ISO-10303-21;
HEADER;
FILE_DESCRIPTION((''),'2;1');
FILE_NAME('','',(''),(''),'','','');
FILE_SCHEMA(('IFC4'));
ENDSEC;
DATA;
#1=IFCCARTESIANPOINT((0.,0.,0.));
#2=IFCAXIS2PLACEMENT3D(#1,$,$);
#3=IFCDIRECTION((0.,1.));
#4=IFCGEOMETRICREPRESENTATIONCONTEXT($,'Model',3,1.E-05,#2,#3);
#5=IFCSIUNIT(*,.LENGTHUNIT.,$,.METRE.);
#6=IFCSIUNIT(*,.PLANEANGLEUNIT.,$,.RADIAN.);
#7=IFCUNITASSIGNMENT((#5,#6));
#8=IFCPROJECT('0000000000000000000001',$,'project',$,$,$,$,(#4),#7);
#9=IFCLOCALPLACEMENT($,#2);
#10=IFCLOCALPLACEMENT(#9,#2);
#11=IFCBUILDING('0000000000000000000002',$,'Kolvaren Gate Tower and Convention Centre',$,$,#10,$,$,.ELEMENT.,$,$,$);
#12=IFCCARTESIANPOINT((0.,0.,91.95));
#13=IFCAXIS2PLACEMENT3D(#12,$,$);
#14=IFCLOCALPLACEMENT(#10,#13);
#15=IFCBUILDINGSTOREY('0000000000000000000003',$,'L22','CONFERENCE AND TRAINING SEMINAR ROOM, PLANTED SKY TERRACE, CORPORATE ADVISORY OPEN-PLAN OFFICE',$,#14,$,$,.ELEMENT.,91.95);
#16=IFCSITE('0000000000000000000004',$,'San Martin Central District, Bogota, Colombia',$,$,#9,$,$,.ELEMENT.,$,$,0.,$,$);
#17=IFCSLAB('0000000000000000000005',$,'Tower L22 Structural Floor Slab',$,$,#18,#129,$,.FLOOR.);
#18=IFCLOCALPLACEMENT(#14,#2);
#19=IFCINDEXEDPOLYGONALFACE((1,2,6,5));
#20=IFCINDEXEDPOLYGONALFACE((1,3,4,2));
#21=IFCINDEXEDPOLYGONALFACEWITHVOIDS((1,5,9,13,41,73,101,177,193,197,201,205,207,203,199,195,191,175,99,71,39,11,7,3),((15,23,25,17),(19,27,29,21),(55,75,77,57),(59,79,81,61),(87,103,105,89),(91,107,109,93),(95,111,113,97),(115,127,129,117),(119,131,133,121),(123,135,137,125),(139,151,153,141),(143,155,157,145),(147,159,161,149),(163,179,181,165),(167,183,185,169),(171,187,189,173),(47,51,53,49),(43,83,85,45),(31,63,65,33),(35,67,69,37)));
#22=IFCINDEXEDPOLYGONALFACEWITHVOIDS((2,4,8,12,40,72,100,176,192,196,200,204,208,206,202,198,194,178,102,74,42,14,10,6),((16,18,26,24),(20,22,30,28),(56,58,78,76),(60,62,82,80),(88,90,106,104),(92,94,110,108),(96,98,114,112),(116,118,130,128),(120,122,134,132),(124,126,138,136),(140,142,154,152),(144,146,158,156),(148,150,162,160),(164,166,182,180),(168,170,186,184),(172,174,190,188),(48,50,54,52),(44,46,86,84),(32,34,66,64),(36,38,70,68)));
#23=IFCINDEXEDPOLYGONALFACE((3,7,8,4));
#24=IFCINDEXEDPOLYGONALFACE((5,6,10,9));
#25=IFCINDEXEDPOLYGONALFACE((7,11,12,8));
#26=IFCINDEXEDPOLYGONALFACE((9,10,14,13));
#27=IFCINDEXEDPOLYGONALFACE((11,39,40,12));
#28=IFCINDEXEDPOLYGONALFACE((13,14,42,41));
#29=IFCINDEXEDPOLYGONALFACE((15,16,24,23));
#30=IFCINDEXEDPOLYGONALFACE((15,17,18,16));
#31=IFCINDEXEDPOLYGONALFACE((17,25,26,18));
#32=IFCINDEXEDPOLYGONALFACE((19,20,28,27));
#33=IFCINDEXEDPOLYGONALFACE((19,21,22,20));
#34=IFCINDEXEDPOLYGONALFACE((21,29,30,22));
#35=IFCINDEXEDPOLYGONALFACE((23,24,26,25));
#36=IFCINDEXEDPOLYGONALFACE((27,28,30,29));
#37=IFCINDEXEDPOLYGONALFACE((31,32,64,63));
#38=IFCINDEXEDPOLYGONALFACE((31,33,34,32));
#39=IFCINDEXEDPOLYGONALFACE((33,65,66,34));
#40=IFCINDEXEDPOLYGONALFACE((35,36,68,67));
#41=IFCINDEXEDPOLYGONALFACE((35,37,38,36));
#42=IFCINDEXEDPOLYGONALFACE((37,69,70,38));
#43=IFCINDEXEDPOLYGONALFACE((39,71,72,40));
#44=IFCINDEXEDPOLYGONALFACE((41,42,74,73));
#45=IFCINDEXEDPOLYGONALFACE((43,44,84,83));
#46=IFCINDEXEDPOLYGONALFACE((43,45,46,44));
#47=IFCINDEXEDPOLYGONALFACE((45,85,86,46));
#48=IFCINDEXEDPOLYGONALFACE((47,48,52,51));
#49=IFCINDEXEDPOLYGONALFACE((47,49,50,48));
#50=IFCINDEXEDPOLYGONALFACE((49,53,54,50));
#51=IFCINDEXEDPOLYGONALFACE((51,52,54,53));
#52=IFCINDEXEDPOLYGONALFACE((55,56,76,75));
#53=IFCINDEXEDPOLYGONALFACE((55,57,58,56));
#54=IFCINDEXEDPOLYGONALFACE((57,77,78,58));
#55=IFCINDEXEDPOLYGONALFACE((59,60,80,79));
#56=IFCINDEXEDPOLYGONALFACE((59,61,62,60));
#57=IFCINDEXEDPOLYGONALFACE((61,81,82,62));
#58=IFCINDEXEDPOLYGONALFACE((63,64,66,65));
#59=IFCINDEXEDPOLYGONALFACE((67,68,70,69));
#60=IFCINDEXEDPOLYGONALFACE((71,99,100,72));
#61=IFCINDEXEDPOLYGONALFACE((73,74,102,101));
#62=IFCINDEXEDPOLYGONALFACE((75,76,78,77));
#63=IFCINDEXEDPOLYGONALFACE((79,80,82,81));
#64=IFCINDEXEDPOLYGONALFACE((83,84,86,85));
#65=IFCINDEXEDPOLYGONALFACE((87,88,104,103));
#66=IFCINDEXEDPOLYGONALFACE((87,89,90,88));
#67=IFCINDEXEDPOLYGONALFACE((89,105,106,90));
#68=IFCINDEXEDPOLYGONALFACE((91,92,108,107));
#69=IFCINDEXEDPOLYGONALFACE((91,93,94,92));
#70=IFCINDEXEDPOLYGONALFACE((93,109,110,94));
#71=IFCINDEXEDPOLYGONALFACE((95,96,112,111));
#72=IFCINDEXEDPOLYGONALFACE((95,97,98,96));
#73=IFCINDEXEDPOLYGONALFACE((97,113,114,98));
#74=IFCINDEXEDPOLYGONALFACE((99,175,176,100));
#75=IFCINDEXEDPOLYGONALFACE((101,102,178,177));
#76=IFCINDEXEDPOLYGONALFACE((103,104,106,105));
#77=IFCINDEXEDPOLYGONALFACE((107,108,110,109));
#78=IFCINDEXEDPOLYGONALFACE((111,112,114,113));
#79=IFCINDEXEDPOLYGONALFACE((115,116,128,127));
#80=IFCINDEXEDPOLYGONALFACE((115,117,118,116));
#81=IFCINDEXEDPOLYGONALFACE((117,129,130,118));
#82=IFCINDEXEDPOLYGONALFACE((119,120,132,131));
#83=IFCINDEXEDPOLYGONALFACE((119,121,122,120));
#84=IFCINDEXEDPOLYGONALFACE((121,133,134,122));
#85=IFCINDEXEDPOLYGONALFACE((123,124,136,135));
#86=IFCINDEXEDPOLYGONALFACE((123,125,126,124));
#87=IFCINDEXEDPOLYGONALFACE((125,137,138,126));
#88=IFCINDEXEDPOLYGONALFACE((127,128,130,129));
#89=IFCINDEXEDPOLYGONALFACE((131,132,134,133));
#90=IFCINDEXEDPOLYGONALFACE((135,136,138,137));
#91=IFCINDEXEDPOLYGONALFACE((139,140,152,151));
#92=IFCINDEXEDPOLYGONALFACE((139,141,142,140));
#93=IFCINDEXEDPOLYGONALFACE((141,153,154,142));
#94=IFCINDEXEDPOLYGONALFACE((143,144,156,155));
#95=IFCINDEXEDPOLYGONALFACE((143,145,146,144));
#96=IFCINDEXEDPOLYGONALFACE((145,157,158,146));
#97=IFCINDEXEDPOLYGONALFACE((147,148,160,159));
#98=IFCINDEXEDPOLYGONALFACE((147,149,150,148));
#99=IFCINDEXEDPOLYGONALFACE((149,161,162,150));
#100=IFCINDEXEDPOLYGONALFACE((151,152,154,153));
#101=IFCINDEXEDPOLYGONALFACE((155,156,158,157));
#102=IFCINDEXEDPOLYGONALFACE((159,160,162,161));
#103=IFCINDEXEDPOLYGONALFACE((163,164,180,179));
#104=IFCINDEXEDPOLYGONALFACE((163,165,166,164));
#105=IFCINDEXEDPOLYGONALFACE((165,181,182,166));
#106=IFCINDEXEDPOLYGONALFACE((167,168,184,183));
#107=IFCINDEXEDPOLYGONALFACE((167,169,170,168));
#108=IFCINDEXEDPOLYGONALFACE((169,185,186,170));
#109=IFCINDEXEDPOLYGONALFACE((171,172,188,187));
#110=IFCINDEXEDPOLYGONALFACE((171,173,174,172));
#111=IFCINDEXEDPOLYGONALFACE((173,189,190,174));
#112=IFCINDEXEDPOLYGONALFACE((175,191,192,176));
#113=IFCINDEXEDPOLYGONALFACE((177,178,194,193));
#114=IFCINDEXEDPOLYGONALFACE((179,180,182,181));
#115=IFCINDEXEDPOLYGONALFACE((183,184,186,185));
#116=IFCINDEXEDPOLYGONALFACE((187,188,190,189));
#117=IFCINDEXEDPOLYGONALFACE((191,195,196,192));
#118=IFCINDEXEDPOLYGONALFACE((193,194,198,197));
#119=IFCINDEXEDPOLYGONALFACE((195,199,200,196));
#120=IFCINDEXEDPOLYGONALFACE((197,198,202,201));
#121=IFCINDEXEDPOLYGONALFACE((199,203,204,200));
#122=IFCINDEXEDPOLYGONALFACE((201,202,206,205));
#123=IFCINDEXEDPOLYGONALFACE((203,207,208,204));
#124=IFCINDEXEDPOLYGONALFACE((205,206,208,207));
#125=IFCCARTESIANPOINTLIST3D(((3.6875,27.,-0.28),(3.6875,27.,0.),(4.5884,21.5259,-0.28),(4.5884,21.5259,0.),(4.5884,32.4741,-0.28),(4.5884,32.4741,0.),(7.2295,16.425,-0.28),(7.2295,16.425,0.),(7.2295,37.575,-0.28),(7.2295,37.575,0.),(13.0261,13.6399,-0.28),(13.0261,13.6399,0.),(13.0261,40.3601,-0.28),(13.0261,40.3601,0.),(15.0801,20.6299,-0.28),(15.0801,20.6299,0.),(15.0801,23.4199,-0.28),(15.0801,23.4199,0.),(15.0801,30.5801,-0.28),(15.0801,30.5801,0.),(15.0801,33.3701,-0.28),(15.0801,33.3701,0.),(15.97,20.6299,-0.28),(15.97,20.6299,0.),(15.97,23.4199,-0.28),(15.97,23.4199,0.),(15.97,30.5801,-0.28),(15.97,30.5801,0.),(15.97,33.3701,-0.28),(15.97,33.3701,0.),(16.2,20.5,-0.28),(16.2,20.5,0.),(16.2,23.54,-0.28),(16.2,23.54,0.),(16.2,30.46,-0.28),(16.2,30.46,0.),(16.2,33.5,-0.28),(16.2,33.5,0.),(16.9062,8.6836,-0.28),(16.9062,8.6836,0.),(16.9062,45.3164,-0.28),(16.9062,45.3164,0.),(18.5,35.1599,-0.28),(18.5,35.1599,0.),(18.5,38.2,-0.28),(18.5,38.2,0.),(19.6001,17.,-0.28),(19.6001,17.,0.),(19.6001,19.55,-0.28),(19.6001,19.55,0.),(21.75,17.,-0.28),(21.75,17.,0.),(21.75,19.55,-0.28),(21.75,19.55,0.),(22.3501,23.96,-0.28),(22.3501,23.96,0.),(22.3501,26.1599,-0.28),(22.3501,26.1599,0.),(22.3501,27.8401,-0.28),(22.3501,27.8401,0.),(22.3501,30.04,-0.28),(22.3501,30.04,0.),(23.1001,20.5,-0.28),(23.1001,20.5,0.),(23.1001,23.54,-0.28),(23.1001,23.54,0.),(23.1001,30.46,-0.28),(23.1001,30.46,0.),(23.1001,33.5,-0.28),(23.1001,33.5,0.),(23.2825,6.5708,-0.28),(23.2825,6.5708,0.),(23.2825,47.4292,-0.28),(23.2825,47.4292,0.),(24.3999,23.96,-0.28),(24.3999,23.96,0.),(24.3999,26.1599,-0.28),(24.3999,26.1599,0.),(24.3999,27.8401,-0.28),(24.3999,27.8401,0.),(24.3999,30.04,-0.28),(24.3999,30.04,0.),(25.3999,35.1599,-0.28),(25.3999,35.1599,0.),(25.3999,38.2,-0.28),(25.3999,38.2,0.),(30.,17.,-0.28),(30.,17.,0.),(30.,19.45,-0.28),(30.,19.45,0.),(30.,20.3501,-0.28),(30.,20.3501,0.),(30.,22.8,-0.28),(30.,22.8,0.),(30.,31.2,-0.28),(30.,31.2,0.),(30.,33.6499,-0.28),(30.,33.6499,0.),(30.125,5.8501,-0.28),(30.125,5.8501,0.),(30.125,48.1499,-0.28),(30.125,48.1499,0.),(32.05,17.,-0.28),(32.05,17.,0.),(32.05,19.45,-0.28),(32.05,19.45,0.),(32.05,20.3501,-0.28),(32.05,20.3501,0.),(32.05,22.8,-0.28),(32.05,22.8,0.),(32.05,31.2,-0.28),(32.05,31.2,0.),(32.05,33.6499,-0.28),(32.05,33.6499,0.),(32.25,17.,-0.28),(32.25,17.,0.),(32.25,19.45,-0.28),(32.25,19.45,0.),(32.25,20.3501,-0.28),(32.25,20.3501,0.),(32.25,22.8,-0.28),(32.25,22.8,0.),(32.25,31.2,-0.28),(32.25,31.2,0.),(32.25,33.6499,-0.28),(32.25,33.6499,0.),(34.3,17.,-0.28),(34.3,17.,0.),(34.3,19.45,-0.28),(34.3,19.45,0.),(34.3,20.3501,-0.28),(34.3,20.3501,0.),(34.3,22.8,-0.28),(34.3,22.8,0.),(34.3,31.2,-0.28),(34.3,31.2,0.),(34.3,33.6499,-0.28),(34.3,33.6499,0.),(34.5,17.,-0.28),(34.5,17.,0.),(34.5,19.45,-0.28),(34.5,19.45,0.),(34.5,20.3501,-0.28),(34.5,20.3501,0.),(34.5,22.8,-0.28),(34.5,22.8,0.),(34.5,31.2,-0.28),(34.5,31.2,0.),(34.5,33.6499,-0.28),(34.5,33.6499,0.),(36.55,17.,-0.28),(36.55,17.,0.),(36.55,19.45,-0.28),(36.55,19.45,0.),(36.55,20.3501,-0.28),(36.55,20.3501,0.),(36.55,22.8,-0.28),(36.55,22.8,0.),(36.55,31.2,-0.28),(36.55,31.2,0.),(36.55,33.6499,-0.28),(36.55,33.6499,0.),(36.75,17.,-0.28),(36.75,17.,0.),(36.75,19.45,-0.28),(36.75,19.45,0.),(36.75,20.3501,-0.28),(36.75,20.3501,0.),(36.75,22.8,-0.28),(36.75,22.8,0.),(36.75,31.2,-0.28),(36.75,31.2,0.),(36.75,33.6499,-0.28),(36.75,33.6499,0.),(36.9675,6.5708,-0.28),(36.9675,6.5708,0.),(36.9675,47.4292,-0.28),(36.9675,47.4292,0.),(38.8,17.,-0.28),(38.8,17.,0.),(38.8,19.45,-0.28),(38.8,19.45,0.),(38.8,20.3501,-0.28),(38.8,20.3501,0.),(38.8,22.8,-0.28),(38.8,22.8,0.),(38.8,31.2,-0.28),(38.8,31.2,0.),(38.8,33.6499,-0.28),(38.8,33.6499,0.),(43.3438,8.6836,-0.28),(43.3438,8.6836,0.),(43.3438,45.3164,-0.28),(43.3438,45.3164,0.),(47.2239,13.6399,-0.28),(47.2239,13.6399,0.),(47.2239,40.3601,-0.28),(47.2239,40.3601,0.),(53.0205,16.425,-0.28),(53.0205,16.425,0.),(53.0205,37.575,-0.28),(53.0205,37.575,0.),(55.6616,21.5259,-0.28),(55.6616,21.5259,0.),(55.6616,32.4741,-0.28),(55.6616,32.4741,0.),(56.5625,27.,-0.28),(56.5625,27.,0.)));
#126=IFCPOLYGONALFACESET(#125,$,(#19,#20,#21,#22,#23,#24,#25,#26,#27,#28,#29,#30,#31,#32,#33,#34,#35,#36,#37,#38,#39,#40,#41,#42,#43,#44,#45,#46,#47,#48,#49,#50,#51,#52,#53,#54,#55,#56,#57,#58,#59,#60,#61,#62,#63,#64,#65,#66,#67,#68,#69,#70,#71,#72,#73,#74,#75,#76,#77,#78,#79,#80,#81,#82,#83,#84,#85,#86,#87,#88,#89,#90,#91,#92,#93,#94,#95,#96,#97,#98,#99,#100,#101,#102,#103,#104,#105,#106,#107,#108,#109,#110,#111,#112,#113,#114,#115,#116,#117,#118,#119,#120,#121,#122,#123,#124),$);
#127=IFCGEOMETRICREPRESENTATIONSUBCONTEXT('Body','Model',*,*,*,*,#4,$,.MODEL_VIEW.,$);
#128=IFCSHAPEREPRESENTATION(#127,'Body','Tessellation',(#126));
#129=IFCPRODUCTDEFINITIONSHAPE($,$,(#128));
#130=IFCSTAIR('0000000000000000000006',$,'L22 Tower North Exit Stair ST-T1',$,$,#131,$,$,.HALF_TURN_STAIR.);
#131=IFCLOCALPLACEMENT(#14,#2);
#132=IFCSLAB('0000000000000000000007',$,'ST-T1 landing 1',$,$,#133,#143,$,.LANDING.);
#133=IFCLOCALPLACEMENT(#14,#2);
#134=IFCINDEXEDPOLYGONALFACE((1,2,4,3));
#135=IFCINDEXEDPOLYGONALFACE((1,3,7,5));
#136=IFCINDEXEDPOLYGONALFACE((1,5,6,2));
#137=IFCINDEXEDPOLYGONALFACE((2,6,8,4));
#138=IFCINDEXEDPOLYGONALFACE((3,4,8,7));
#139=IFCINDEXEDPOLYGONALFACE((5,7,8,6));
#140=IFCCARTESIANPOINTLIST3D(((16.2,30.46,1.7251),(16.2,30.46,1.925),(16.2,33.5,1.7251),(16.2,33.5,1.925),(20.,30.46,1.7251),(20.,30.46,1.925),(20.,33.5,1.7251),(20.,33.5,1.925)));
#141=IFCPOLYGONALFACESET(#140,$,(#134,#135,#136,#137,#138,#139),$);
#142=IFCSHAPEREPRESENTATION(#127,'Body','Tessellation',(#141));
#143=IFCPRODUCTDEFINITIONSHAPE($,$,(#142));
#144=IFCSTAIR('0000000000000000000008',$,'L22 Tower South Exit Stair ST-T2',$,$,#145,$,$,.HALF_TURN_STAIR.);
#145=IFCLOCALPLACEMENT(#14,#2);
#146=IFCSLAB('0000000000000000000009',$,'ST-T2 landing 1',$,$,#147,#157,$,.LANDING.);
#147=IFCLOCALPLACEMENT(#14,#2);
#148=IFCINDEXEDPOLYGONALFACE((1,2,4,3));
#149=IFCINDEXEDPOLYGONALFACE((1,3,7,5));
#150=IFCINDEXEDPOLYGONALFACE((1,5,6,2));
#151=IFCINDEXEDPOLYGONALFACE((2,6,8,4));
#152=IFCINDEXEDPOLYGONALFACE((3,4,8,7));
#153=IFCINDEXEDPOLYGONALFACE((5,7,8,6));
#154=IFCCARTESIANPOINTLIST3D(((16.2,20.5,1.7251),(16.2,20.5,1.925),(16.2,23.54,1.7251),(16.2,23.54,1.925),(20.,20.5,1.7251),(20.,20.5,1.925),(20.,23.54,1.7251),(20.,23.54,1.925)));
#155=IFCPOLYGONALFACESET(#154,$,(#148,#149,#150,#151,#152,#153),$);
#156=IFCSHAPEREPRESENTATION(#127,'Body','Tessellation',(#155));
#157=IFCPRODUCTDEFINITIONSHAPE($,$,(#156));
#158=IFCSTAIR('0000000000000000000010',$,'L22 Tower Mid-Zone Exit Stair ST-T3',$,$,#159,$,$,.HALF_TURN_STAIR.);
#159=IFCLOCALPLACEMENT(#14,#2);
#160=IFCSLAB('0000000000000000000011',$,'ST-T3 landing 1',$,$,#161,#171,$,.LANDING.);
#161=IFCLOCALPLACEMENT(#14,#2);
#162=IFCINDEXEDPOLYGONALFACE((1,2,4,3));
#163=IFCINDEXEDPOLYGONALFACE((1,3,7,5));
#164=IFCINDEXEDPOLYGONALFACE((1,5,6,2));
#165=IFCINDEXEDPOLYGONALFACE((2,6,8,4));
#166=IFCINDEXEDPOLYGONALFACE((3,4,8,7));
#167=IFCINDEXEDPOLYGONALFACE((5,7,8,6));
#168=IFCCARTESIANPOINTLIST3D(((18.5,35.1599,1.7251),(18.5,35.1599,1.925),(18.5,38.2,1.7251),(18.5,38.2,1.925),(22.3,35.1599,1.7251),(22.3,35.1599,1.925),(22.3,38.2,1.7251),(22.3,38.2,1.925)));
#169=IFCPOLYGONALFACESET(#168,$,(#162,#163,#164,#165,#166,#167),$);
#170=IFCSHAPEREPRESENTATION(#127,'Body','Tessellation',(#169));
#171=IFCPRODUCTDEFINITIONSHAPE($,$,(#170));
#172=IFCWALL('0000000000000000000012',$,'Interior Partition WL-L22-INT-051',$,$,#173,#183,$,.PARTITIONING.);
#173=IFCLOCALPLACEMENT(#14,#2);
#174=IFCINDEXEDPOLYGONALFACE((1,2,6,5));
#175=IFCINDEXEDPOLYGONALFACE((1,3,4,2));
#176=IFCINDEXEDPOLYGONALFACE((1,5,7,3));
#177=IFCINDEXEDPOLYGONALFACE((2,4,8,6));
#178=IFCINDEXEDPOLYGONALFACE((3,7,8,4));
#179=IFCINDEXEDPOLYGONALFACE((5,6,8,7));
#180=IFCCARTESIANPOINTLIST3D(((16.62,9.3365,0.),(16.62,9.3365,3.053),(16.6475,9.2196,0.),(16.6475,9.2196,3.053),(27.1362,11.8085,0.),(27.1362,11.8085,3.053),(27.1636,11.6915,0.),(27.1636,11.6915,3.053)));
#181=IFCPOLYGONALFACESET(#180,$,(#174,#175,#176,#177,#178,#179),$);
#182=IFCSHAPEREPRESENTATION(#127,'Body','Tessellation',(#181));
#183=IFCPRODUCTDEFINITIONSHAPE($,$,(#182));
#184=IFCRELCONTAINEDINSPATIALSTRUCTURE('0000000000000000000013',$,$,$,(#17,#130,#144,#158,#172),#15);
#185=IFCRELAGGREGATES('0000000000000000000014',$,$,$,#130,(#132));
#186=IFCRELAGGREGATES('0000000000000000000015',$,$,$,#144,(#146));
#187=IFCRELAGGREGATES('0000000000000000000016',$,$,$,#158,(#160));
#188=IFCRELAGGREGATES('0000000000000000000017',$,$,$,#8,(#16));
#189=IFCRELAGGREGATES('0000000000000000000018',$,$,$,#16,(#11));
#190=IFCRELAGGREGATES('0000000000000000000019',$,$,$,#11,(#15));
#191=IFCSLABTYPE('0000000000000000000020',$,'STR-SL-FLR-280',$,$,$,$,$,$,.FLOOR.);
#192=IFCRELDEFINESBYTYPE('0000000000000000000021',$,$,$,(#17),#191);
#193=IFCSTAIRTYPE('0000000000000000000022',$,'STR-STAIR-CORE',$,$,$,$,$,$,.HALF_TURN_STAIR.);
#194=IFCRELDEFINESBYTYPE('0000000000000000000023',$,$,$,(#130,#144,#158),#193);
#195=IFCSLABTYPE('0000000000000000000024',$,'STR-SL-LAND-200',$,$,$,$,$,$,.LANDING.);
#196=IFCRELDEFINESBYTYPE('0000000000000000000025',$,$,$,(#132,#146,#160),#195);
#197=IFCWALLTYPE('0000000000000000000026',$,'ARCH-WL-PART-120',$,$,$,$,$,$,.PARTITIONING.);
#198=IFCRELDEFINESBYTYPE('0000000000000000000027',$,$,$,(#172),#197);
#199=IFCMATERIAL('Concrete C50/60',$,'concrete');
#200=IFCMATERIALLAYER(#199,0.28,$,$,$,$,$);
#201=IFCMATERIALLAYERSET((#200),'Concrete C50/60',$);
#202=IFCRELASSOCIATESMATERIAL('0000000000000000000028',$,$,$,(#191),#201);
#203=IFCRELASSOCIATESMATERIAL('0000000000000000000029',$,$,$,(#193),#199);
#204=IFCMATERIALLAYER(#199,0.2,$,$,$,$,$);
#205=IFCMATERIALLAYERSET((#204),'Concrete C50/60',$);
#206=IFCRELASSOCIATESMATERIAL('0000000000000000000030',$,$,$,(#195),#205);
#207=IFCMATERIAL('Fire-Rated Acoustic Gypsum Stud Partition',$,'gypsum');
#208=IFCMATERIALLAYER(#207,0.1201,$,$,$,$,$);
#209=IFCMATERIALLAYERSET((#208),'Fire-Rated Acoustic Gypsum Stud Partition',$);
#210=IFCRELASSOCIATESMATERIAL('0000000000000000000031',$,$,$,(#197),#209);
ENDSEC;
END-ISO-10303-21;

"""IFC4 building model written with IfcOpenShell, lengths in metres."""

from ifc_helpers import new_model, si_unit, direction, frame, frame_2d, origin, place, context, subcontext, project, spatial, polyline, rectangle, outline, extrude, material, layer, layer_set, type_object, element, aggregate, save


model = new_model("IFC4")

# Units and contexts
model_context = context("Model", 3, precision=1e-05, world=origin(), true_north=direction((0.0, 1.0)))
body_context = subcontext(model_context, "Body", "Model", "MODEL_VIEW")
ifc_project = project(units=[si_unit("LENGTHUNIT", "METRE"), si_unit("PLANEANGLEUNIT", "RADIAN")], contexts=[model_context])

# Site, building, storey
site_placement = place(None, origin())
site = spatial("IfcSite", under=ifc_project, at=site_placement, Name="San Martin Central District, Bogota, Colombia", CompositionType="ELEMENT", RefElevation=0.0)
building_placement = place(site_placement, origin())
building = spatial("IfcBuilding", under=site, at=building_placement, Name="Kolvaren Gate Tower and Convention Centre", CompositionType="ELEMENT")
storey_placement = place(building_placement, frame((0.0, 0.0, 91.95)))
storey = spatial("IfcBuildingStorey", under=building, at=storey_placement, Name="L22", Description="CONFERENCE AND TRAINING SEMINAR ROOM, PLANTED SKY TERRACE, CORPORATE ADVISORY OPEN-PLAN OFFICE", CompositionType="ELEMENT", Elevation=91.95)

# Slab
ifc_material_1 = material(Name="Concrete C50/60", Category="concrete")
ifc_layer_1 = layer(ifc_material_1, 0.28)
ifc_layer_set_1 = layer_set([ifc_layer_1], Name="Concrete C50/60")
slab_type_1 = type_object("IfcSlabType", Name="STR-SL-FLR-280", PredefinedType="FLOOR", material=ifc_layer_set_1)
slab_1_placement = place(storey_placement, frame((0.0, 0.0, -0.28)))
element("IfcSlab", 1, at=slab_1_placement, inside=storey, type_object=slab_type_1, Name="Tower L22 Structural Floor Slab", PredefinedType="FLOOR", context=body_context, shape_type="SweptSolid", body=[
    extrude(outline(polyline([(56.5625, 27.0), (55.6616, 32.4741), (53.0205, 37.575), (47.2239, 40.3601), (43.3438, 45.3164), (36.9675, 47.4292), (30.125, 48.1499), (23.2825, 47.4292), (16.9062, 45.3164), (13.0261, 40.3601), (7.2295, 37.575), (4.5884, 32.4741), (3.6875, 27.0), (4.5884, 21.5259), (7.2295, 16.425), (13.0261, 13.6399), (16.9062, 8.6836), (23.2825, 6.5708), (30.125, 5.8501), (36.9675, 6.5708), (43.3438, 8.6836), (47.2239, 13.6399), (53.0205, 16.425), (55.6616, 21.5259), (56.5625, 27.0)]), holes=[polyline([(36.75, 33.6499), (38.8, 33.6499), (38.8, 31.2), (36.75, 31.2), (36.75, 33.6499)]), polyline([(36.75, 20.3501), (36.75, 22.8), (38.8, 22.8), (38.8, 20.3501), (36.75, 20.3501)]), polyline([(36.75, 17.0), (36.75, 19.45), (38.8, 19.45), (38.8, 17.0), (36.75, 17.0)]), polyline([(34.5, 33.6499), (36.55, 33.6499), (36.55, 31.2), (34.5, 31.2), (34.5, 33.6499)]), polyline([(34.5, 22.8), (36.55, 22.8), (36.55, 20.3501), (34.5, 20.3501), (34.5, 22.8)]), polyline([(34.5, 17.0), (34.5, 19.45), (36.55, 19.45), (36.55, 17.0), (34.5, 17.0)]), polyline([(32.25, 31.2), (32.25, 33.6499), (34.3, 33.6499), (34.3, 31.2), (32.25, 31.2)]), polyline([(32.25, 22.8), (34.3, 22.8), (34.3, 20.3501), (32.25, 20.3501), (32.25, 22.8)]), polyline([(32.25, 17.0), (32.25, 19.45), (34.3, 19.45), (34.3, 17.0), (32.25, 17.0)]), polyline([(30.0, 31.2), (30.0, 33.6499), (32.05, 33.6499), (32.05, 31.2), (30.0, 31.2)]), polyline([(30.0, 20.3501), (30.0, 22.8), (32.05, 22.8), (32.05, 20.3501), (30.0, 20.3501)]), polyline([(30.0, 17.0), (30.0, 19.45), (32.05, 19.45), (32.05, 17.0), (30.0, 17.0)]), polyline([(25.3999, 35.1599), (18.5, 35.1599), (18.5, 38.2), (25.3999, 38.2), (25.3999, 35.1599)]), polyline([(22.3501, 27.8401), (22.3501, 30.04), (24.3999, 30.04), (24.3999, 27.8401), (22.3501, 27.8401)]), polyline([(22.3501, 23.96), (22.3501, 26.1599), (24.3999, 26.1599), (24.3999, 23.96), (22.3501, 23.96)]), polyline([(23.1001, 30.46), (16.2, 30.46), (16.2, 33.5), (23.1001, 33.5), (23.1001, 30.46)]), polyline([(23.1001, 20.5), (16.2, 20.5), (16.2, 23.54), (23.1001, 23.54), (23.1001, 20.5)]), polyline([(19.6001, 17.0), (19.6001, 19.55), (21.75, 19.55), (21.75, 17.0), (19.6001, 17.0)]), polyline([(15.0801, 23.4199), (15.97, 23.4199), (15.97, 20.6299), (15.0801, 20.6299), (15.0801, 23.4199)]), polyline([(15.0801, 30.5801), (15.0801, 33.3701), (15.97, 33.3701), (15.97, 30.5801), (15.0801, 30.5801)])]), origin(), (0.0, 0.0, 1.0), 0.28),
])

# Stairs, slabs
stair_type = type_object("IfcStairType", Name="STR-STAIR-CORE", PredefinedType="HALF_TURN_STAIR", material=ifc_material_1)
stair_1_placement = place(storey_placement, origin())
stair_1 = element("IfcStair", 2, at=stair_1_placement, inside=storey, type_object=stair_type, Name="L22 Tower North Exit Stair ST-T1", PredefinedType="HALF_TURN_STAIR")
ifc_layer_2 = layer(ifc_material_1, 0.2)
ifc_layer_set_2 = layer_set([ifc_layer_2], Name="Concrete C50/60")
slab_type_2 = type_object("IfcSlabType", Name="STR-SL-LAND-200", PredefinedType="LANDING", material=ifc_layer_set_2)
slab_2_placement = place(storey_placement, frame((0.0, 0.0, 1.7251)))
slab_2 = element("IfcSlab", 3, at=slab_2_placement, type_object=slab_type_2, Name="ST-T1 landing 1", PredefinedType="LANDING", context=body_context, shape_type="SweptSolid", body=[
    extrude(outline(polyline([(20.0, 33.5), (16.2, 33.5), (16.2, 30.46), (20.0, 30.46), (20.0, 33.5)])), origin(), (0.0, 0.0, 1.0), 0.2),
])
aggregate(stair_1, [slab_2])
stair_2_placement = place(storey_placement, origin())
stair_2 = element("IfcStair", 4, at=stair_2_placement, inside=storey, type_object=stair_type, Name="L22 Tower South Exit Stair ST-T2", PredefinedType="HALF_TURN_STAIR")
slab_3_placement = place(storey_placement, frame((0.0, 0.0, 1.7251)))
slab_3 = element("IfcSlab", 5, at=slab_3_placement, type_object=slab_type_2, Name="ST-T2 landing 1", PredefinedType="LANDING", context=body_context, shape_type="SweptSolid", body=[
    extrude(outline(polyline([(20.0, 23.54), (16.2, 23.54), (16.2, 20.5), (20.0, 20.5), (20.0, 23.54)])), origin(), (0.0, 0.0, 1.0), 0.2),
])
aggregate(stair_2, [slab_3])
stair_3_placement = place(storey_placement, origin())
stair_3 = element("IfcStair", 6, at=stair_3_placement, inside=storey, type_object=stair_type, Name="L22 Tower Mid-Zone Exit Stair ST-T3", PredefinedType="HALF_TURN_STAIR")
slab_4_placement = place(storey_placement, frame((0.0, 0.0, 1.7251)))
slab_4 = element("IfcSlab", 7, at=slab_4_placement, type_object=slab_type_2, Name="ST-T3 landing 1", PredefinedType="LANDING", context=body_context, shape_type="SweptSolid", body=[
    extrude(outline(polyline([(22.3, 38.2), (18.5, 38.2), (18.5, 35.1599), (22.3, 35.1599), (22.3, 38.2)])), origin(), (0.0, 0.0, 1.0), 0.2),
])
aggregate(stair_3, [slab_4])

# Wall
ifc_material_2 = material(Name="Fire-Rated Acoustic Gypsum Stud Partition", Category="gypsum")
ifc_layer_3 = layer(ifc_material_2, 0.1201)
ifc_layer_set_3 = layer_set([ifc_layer_3], Name="Fire-Rated Acoustic Gypsum Stud Partition")
wall_type_1 = type_object("IfcWallType", Name="ARCH-WL-PART-120", PredefinedType="PARTITIONING", material=ifc_layer_set_3)
wall_1_placement = place(storey_placement, frame((16.6338, 9.2781, 0.0), z_axis=(0.0, 0.0, 1.0), x_axis=(0.973468, 0.228824, 0.0)))
element("IfcWall", 8, at=wall_1_placement, inside=storey, type_object=wall_type_1, Name="Interior Partition WL-L22-INT-051", PredefinedType="PARTITIONING", context=body_context, shape_type="SweptSolid", body=[
    extrude(rectangle(XDim=10.8027, YDim=0.1201, at=frame_2d((5.4014, 0.0))), origin(), (0.0, 0.0, 1.0), 3.053),
])

save(model, "model.ifc")
